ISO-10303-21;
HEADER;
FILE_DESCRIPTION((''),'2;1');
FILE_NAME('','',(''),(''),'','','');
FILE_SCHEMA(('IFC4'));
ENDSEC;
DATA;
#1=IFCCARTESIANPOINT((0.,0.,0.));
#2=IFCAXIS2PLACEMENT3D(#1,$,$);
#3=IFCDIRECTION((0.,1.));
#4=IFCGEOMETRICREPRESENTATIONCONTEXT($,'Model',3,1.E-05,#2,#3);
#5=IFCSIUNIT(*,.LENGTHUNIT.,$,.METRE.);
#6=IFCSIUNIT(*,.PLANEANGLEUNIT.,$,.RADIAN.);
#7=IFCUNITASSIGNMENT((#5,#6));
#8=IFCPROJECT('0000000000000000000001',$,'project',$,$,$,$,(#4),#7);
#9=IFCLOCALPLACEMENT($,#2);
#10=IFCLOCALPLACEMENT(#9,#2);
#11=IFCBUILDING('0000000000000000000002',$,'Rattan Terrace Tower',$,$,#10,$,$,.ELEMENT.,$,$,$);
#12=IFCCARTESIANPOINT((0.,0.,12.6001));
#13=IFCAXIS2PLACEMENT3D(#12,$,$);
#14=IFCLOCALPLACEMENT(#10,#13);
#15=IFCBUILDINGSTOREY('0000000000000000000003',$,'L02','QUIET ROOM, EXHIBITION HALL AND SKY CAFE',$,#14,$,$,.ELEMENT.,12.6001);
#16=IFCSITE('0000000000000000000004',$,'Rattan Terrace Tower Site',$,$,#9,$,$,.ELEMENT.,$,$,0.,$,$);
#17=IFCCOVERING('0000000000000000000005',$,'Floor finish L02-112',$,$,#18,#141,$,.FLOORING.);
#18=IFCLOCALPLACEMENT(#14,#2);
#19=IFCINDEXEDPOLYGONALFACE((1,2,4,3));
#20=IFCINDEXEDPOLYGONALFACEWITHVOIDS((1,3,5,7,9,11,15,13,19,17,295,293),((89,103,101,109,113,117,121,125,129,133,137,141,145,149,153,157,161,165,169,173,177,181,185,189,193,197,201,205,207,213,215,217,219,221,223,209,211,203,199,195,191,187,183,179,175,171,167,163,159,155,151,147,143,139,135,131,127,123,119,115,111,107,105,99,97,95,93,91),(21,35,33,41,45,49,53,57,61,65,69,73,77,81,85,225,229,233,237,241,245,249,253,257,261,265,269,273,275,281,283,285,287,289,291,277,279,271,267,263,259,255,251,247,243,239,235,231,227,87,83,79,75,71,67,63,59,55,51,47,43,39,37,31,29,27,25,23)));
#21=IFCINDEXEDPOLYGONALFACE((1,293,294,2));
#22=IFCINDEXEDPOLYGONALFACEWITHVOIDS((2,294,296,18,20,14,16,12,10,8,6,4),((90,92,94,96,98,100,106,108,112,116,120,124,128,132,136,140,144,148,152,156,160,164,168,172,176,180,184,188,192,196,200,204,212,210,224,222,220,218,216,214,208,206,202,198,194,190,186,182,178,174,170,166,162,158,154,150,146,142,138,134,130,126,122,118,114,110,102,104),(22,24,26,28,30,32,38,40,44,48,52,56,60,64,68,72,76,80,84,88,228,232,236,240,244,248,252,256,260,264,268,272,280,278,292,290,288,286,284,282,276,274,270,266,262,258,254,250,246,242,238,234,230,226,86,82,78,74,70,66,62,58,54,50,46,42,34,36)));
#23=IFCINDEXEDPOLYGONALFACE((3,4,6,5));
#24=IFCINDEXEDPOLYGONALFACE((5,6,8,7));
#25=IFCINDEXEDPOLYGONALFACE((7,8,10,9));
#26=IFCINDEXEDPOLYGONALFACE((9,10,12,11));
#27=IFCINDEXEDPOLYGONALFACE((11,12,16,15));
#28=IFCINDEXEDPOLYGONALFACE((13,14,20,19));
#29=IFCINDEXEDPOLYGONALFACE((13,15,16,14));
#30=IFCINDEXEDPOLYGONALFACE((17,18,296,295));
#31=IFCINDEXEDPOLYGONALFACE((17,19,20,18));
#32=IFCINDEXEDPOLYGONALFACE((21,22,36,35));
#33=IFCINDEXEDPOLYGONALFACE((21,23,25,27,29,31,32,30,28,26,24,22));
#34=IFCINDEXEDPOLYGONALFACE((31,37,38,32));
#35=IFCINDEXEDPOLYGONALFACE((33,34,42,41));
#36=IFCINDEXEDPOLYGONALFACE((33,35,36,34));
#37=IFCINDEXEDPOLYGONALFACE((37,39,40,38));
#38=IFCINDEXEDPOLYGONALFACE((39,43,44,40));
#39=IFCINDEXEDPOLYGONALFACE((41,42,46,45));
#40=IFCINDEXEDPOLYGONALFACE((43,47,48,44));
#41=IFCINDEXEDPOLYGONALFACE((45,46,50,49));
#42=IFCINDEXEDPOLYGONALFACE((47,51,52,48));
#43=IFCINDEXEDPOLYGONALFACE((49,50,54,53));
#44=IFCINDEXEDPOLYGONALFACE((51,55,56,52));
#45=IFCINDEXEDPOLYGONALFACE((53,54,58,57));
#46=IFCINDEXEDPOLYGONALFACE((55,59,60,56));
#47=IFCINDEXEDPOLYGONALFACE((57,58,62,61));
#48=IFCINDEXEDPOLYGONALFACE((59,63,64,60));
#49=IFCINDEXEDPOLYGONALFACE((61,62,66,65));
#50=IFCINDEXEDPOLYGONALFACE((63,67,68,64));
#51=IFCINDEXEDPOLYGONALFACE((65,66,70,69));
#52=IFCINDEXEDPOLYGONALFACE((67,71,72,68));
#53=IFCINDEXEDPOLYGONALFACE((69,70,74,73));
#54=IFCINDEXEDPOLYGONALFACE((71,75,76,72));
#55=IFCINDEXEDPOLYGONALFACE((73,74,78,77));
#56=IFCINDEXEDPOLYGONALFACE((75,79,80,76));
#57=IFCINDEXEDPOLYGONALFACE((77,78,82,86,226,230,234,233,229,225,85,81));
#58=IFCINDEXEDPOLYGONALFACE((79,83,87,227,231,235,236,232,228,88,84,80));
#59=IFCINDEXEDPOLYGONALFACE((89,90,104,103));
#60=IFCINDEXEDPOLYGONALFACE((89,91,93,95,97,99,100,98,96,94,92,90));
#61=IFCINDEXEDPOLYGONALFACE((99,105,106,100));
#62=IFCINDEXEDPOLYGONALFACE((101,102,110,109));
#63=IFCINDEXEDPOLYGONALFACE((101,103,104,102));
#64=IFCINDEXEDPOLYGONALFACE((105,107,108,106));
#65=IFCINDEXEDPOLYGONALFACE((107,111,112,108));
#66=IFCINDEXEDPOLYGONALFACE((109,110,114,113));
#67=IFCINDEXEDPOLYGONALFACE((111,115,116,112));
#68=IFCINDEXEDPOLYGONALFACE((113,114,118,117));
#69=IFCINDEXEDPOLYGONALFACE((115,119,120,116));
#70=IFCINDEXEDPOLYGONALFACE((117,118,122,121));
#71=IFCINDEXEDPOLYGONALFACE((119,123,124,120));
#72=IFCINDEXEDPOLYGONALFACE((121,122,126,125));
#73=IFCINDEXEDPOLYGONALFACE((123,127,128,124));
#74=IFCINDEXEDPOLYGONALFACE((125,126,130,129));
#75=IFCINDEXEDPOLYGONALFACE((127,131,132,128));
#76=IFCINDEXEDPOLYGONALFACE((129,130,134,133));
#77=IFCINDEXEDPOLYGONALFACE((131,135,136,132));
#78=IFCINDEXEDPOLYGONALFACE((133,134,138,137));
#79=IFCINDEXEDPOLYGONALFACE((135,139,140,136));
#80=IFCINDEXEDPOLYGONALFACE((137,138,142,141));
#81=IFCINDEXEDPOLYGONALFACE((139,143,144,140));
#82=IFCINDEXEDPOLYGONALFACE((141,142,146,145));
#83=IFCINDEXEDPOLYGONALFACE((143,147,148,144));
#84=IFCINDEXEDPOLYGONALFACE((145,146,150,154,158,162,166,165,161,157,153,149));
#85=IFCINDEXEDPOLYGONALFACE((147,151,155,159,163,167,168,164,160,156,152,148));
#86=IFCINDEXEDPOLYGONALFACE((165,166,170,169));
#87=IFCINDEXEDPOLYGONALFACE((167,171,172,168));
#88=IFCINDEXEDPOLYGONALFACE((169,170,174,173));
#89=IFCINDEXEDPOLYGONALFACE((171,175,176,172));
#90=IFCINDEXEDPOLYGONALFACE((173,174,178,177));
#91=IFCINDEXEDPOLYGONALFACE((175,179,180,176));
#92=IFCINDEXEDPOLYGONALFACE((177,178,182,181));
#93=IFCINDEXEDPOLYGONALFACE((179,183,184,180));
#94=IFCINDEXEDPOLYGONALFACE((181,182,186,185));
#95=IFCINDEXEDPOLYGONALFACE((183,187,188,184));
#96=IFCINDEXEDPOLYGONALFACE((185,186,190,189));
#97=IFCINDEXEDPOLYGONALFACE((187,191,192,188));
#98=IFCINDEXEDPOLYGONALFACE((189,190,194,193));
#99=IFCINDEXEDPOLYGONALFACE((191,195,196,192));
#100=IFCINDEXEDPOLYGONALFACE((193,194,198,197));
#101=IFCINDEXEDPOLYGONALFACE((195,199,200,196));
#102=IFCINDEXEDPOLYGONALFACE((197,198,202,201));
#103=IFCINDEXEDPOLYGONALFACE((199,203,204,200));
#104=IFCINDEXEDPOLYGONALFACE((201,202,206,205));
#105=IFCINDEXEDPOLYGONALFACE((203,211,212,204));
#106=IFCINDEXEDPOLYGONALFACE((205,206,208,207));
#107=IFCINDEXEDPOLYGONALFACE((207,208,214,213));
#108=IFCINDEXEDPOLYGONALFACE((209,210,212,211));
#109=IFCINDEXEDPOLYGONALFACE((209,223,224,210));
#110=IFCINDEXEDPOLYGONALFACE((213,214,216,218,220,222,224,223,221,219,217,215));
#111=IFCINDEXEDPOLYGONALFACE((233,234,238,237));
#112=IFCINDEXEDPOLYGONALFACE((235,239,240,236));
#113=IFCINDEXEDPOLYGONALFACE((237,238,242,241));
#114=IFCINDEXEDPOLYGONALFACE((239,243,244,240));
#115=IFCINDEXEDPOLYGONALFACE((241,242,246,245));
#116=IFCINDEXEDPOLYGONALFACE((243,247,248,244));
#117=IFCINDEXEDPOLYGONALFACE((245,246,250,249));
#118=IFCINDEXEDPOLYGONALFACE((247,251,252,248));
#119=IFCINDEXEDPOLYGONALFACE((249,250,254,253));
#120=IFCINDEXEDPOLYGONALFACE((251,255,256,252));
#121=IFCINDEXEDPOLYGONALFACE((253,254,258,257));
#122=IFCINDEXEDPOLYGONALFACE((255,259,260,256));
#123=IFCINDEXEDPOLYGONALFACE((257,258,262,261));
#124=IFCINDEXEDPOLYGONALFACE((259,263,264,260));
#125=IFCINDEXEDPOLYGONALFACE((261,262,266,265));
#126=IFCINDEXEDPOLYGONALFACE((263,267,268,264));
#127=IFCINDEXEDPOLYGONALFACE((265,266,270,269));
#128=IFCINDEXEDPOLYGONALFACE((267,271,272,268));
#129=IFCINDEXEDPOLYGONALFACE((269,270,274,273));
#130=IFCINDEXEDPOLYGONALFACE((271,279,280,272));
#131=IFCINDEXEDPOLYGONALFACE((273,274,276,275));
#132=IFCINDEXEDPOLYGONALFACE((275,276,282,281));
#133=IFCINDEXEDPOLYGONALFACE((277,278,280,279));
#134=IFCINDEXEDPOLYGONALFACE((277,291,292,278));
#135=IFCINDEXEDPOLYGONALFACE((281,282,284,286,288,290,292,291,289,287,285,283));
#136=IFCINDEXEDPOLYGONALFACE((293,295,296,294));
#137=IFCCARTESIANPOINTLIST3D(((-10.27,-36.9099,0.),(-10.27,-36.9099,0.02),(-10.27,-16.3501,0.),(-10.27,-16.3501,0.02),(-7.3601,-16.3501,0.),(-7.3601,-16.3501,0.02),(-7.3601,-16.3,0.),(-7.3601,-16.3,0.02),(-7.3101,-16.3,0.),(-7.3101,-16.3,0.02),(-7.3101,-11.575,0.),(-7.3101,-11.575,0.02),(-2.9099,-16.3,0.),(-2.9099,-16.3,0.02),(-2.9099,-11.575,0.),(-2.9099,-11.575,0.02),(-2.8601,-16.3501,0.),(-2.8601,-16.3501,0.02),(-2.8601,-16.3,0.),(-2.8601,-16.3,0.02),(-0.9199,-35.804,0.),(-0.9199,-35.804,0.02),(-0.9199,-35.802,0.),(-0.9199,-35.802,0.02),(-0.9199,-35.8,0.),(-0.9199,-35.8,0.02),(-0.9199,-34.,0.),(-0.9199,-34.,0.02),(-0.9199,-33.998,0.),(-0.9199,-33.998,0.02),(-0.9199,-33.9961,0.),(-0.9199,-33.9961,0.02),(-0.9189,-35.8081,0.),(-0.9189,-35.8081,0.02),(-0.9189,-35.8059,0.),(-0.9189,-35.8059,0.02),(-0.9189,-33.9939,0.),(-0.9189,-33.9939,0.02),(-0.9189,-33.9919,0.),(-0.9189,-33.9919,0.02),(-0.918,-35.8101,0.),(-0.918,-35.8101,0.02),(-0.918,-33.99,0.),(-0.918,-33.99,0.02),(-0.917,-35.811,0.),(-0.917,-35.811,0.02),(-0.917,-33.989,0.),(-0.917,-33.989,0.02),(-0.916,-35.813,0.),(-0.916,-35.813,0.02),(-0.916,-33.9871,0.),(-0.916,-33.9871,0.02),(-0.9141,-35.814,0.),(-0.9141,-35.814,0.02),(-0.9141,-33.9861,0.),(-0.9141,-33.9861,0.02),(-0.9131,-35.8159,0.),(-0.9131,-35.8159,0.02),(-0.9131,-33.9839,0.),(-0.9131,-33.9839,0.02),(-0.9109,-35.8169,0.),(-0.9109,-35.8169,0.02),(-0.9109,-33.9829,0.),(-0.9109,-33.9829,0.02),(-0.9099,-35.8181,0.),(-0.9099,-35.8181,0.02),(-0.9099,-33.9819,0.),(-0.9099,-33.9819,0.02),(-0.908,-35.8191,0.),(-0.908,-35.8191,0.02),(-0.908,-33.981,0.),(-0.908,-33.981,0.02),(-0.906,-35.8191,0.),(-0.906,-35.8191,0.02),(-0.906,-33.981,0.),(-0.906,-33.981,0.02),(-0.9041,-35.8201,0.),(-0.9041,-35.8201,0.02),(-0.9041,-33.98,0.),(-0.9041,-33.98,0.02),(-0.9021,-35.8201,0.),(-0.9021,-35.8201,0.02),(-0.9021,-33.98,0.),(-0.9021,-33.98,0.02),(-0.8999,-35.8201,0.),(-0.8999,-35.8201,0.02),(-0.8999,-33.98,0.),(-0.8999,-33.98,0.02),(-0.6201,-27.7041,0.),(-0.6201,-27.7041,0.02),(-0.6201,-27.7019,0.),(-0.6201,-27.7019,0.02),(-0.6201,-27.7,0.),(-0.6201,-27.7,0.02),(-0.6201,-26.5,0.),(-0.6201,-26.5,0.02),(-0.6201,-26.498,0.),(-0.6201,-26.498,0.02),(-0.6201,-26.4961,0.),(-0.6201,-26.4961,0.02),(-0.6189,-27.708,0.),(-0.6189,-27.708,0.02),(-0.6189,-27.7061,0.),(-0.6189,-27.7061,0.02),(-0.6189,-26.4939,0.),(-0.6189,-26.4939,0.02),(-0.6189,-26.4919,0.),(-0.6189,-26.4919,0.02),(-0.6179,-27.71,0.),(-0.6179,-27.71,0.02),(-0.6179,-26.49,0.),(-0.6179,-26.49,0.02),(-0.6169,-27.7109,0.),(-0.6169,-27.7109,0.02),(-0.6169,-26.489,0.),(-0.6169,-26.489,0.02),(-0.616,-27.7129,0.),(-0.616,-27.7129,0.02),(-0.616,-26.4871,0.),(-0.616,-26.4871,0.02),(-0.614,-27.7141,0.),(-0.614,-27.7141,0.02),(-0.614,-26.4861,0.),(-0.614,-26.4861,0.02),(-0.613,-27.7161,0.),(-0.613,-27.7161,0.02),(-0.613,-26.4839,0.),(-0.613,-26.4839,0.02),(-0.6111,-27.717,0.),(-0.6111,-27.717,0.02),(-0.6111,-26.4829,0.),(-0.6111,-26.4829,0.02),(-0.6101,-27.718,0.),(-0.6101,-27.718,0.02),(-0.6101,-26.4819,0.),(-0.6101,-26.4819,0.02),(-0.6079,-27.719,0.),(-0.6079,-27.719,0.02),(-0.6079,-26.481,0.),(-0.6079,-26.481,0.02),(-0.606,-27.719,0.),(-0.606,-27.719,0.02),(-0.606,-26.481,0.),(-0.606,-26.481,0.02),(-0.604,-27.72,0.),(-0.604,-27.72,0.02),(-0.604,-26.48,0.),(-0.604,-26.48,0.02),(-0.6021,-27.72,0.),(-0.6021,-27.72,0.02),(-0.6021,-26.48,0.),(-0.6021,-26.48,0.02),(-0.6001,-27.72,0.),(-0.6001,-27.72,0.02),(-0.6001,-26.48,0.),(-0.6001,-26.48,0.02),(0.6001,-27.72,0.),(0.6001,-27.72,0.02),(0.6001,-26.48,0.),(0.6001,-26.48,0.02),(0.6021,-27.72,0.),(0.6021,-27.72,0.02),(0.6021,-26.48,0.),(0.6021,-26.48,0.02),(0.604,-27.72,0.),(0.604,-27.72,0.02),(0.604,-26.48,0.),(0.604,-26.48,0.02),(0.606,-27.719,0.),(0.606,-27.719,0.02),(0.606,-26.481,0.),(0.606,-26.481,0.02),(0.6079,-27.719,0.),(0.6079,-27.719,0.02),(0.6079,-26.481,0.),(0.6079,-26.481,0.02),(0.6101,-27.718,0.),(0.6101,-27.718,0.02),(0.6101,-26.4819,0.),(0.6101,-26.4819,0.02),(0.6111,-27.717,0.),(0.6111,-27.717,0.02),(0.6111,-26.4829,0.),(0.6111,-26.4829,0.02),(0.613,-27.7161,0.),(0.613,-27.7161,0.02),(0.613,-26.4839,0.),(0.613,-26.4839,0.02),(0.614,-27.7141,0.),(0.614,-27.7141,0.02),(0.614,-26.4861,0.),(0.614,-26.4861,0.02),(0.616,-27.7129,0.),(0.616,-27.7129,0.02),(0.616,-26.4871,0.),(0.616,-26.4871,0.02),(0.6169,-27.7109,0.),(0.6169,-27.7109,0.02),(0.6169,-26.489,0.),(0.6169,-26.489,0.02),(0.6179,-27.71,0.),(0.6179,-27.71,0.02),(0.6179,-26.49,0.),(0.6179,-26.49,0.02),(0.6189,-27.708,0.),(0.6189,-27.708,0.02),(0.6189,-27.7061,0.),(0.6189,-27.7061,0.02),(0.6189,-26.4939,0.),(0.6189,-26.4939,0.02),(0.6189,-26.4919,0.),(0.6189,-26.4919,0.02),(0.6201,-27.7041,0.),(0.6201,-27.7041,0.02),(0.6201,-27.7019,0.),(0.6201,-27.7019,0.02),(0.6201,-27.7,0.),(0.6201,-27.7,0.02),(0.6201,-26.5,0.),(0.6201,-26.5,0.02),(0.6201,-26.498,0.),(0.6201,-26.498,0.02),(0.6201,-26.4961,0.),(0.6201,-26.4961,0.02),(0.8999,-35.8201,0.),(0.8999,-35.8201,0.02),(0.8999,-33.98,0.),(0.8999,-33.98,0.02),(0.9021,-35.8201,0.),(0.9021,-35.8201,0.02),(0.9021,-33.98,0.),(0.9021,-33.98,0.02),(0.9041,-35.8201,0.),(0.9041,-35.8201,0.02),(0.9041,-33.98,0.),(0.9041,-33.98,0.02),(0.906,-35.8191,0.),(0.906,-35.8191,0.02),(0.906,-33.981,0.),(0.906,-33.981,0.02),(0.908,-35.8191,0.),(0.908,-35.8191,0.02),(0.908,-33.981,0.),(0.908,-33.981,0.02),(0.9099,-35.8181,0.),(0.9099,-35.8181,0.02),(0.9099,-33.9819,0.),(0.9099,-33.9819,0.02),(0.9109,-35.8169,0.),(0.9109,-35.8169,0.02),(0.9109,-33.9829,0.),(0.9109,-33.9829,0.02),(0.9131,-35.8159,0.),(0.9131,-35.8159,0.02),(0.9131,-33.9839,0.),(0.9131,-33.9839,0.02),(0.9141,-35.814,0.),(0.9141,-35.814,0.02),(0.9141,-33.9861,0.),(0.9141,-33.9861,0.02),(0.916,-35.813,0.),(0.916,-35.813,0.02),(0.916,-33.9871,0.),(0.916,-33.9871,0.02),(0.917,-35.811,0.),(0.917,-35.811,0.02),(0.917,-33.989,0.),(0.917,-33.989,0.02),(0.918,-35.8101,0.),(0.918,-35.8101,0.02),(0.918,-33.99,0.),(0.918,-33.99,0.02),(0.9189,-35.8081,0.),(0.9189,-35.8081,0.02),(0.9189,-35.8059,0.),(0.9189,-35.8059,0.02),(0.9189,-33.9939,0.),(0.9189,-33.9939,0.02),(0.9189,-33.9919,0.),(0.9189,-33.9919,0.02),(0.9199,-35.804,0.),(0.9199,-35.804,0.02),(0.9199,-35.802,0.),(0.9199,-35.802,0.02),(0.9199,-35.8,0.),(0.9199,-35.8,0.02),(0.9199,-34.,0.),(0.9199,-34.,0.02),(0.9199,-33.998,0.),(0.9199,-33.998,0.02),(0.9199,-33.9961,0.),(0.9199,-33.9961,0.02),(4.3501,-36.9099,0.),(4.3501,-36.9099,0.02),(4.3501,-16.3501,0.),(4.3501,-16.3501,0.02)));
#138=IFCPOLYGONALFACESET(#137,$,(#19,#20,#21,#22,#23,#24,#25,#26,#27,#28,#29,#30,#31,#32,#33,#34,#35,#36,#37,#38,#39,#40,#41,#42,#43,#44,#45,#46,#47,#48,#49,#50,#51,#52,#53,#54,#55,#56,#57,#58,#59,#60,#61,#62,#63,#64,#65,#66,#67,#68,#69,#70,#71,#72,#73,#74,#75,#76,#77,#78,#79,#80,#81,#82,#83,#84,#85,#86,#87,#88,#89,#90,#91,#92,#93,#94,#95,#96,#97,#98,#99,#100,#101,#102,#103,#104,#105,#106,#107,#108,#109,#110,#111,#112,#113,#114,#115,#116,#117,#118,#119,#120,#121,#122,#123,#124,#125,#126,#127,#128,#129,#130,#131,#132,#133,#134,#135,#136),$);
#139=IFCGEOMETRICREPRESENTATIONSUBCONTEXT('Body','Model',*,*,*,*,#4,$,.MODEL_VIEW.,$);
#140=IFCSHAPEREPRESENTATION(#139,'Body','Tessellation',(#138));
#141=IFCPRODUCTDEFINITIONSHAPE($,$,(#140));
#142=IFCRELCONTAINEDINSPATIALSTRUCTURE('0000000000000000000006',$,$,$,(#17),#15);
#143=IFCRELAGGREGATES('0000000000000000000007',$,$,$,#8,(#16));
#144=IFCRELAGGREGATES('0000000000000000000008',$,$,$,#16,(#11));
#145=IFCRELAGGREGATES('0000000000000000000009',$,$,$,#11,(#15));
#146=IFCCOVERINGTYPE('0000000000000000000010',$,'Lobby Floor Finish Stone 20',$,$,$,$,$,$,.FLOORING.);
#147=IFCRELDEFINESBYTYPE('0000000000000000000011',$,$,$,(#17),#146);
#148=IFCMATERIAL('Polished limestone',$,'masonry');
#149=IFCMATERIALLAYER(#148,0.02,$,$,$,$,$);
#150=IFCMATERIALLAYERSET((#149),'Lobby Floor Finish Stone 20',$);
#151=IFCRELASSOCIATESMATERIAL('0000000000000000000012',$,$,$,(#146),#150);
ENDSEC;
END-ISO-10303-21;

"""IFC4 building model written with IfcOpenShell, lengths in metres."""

from ifc_helpers import new_model, si_unit, direction, frame, origin, place, context, subcontext, project, spatial, polyline, outline, extrude, material, layer, layer_set, type_object, element, save


model = new_model("IFC4")

# Units and contexts
model_context = context("Model", 3, precision=1e-05, world=origin(), true_north=direction((0.0, 1.0)))
body_context = subcontext(model_context, "Body", "Model", "MODEL_VIEW")
ifc_project = project(units=[si_unit("LENGTHUNIT", "METRE"), si_unit("PLANEANGLEUNIT", "RADIAN")], contexts=[model_context])

# Site, building, storey
site_placement = place(None, origin())
site = spatial("IfcSite", under=ifc_project, at=site_placement, Name="Rattan Terrace Tower Site", CompositionType="ELEMENT", RefElevation=0.0)
building_placement = place(site_placement, origin())
building = spatial("IfcBuilding", under=site, at=building_placement, Name="Rattan Terrace Tower", CompositionType="ELEMENT")
storey_placement = place(building_placement, frame((0.0, 0.0, 12.6001)))
storey = spatial("IfcBuildingStorey", under=building, at=storey_placement, Name="L02", Description="QUIET ROOM, EXHIBITION HALL AND SKY CAFE", CompositionType="ELEMENT", Elevation=12.6001)

# Covering
ifc_material_1 = material(Name="Polished limestone", Category="masonry")
ifc_layer_1 = layer(ifc_material_1, 0.02)
ifc_layer_set_1 = layer_set([ifc_layer_1], Name="Lobby Floor Finish Stone 20")
covering_type_1 = type_object("IfcCoveringType", Name="Lobby Floor Finish Stone 20", PredefinedType="FLOORING", material=ifc_layer_set_1)
covering_1_placement = place(storey_placement, origin())
element("IfcCovering", 1, at=covering_1_placement, inside=storey, type_object=covering_type_1, Name="Floor finish L02-112", PredefinedType="FLOORING", context=body_context, shape_type="SweptSolid", body=[
    extrude(outline(polyline([(-10.27, -16.3501), (-10.27, -36.9099), (4.3501, -36.9099), (4.3501, -16.3501), (-2.8601, -16.3501), (-2.8601, -16.3), (-2.9099, -16.3), (-2.9099, -11.575), (-7.3101, -11.575), (-7.3101, -16.3), (-7.3601, -16.3), (-7.3601, -16.3501), (-10.27, -16.3501)]), holes=[polyline([(-0.9141, -33.9861), (-0.916, -33.9871), (-0.917, -33.989), (-0.918, -33.99), (-0.9189, -33.9919), (-0.9189, -33.9939), (-0.9199, -33.9961), (-0.9199, -33.998), (-0.9199, -34.0), (-0.9199, -35.8), (-0.9199, -35.802), (-0.9199, -35.804), (-0.9189, -35.8059), (-0.9189, -35.8081), (-0.918, -35.8101), (-0.917, -35.811), (-0.916, -35.813), (-0.9141, -35.814), (-0.9131, -35.8159), (-0.9109, -35.8169), (-0.9099, -35.8181), (-0.908, -35.8191), (-0.906, -35.8191), (-0.9041, -35.8201), (-0.9021, -35.8201), (-0.8999, -35.8201), (0.8999, -35.8201), (0.9021, -35.8201), (0.9041, -35.8201), (0.906, -35.8191), (0.908, -35.8191), (0.9099, -35.8181), (0.9109, -35.8169), (0.9131, -35.8159), (0.9141, -35.814), (0.916, -35.813), (0.917, -35.811), (0.918, -35.8101), (0.9189, -35.8081), (0.9189, -35.8059), (0.9199, -35.804), (0.9199, -35.802), (0.9199, -35.8), (0.9199, -34.0), (0.9199, -33.998), (0.9199, -33.9961), (0.9189, -33.9939), (0.9189, -33.9919), (0.918, -33.99), (0.917, -33.989), (0.916, -33.9871), (0.9141, -33.9861), (0.9131, -33.9839), (0.9109, -33.9829), (0.9099, -33.9819), (0.908, -33.981), (0.906, -33.981), (0.9041, -33.98), (0.9021, -33.98), (0.8999, -33.98), (-0.8999, -33.98), (-0.9021, -33.98), (-0.9041, -33.98), (-0.906, -33.981), (-0.908, -33.981), (-0.9099, -33.9819), (-0.9109, -33.9829), (-0.9131, -33.9839), (-0.9141, -33.9861)]), polyline([(-0.606, -26.481), (-0.6079, -26.481), (-0.6101, -26.4819), (-0.6111, -26.4829), (-0.613, -26.4839), (-0.614, -26.4861), (-0.616, -26.4871), (-0.6169, -26.489), (-0.6179, -26.49), (-0.6189, -26.4919), (-0.6189, -26.4939), (-0.6201, -26.4961), (-0.6201, -26.498), (-0.6201, -26.5), (-0.6201, -27.7), (-0.6201, -27.7019), (-0.6201, -27.7041), (-0.6189, -27.7061), (-0.6189, -27.708), (-0.6179, -27.71), (-0.6169, -27.7109), (-0.616, -27.7129), (-0.614, -27.7141), (-0.613, -27.7161), (-0.6111, -27.717), (-0.6101, -27.718), (-0.6079, -27.719), (-0.606, -27.719), (-0.604, -27.72), (-0.6021, -27.72), (-0.6001, -27.72), (0.6001, -27.72), (0.6021, -27.72), (0.604, -27.72), (0.606, -27.719), (0.6079, -27.719), (0.6101, -27.718), (0.6111, -27.717), (0.613, -27.7161), (0.614, -27.7141), (0.616, -27.7129), (0.6169, -27.7109), (0.6179, -27.71), (0.6189, -27.708), (0.6189, -27.7061), (0.6201, -27.7041), (0.6201, -27.7019), (0.6201, -27.7), (0.6201, -26.5), (0.6201, -26.498), (0.6201, -26.4961), (0.6189, -26.4939), (0.6189, -26.4919), (0.6179, -26.49), (0.6169, -26.489), (0.616, -26.4871), (0.614, -26.4861), (0.613, -26.4839), (0.6111, -26.4829), (0.6101, -26.4819), (0.6079, -26.481), (0.606, -26.481), (0.604, -26.48), (0.6021, -26.48), (0.6001, -26.48), (-0.6001, -26.48), (-0.6021, -26.48), (-0.604, -26.48), (-0.606, -26.481)])]), origin(), (0.0, 0.0, 1.0), 0.02),
])

save(model, "model.ifc")
